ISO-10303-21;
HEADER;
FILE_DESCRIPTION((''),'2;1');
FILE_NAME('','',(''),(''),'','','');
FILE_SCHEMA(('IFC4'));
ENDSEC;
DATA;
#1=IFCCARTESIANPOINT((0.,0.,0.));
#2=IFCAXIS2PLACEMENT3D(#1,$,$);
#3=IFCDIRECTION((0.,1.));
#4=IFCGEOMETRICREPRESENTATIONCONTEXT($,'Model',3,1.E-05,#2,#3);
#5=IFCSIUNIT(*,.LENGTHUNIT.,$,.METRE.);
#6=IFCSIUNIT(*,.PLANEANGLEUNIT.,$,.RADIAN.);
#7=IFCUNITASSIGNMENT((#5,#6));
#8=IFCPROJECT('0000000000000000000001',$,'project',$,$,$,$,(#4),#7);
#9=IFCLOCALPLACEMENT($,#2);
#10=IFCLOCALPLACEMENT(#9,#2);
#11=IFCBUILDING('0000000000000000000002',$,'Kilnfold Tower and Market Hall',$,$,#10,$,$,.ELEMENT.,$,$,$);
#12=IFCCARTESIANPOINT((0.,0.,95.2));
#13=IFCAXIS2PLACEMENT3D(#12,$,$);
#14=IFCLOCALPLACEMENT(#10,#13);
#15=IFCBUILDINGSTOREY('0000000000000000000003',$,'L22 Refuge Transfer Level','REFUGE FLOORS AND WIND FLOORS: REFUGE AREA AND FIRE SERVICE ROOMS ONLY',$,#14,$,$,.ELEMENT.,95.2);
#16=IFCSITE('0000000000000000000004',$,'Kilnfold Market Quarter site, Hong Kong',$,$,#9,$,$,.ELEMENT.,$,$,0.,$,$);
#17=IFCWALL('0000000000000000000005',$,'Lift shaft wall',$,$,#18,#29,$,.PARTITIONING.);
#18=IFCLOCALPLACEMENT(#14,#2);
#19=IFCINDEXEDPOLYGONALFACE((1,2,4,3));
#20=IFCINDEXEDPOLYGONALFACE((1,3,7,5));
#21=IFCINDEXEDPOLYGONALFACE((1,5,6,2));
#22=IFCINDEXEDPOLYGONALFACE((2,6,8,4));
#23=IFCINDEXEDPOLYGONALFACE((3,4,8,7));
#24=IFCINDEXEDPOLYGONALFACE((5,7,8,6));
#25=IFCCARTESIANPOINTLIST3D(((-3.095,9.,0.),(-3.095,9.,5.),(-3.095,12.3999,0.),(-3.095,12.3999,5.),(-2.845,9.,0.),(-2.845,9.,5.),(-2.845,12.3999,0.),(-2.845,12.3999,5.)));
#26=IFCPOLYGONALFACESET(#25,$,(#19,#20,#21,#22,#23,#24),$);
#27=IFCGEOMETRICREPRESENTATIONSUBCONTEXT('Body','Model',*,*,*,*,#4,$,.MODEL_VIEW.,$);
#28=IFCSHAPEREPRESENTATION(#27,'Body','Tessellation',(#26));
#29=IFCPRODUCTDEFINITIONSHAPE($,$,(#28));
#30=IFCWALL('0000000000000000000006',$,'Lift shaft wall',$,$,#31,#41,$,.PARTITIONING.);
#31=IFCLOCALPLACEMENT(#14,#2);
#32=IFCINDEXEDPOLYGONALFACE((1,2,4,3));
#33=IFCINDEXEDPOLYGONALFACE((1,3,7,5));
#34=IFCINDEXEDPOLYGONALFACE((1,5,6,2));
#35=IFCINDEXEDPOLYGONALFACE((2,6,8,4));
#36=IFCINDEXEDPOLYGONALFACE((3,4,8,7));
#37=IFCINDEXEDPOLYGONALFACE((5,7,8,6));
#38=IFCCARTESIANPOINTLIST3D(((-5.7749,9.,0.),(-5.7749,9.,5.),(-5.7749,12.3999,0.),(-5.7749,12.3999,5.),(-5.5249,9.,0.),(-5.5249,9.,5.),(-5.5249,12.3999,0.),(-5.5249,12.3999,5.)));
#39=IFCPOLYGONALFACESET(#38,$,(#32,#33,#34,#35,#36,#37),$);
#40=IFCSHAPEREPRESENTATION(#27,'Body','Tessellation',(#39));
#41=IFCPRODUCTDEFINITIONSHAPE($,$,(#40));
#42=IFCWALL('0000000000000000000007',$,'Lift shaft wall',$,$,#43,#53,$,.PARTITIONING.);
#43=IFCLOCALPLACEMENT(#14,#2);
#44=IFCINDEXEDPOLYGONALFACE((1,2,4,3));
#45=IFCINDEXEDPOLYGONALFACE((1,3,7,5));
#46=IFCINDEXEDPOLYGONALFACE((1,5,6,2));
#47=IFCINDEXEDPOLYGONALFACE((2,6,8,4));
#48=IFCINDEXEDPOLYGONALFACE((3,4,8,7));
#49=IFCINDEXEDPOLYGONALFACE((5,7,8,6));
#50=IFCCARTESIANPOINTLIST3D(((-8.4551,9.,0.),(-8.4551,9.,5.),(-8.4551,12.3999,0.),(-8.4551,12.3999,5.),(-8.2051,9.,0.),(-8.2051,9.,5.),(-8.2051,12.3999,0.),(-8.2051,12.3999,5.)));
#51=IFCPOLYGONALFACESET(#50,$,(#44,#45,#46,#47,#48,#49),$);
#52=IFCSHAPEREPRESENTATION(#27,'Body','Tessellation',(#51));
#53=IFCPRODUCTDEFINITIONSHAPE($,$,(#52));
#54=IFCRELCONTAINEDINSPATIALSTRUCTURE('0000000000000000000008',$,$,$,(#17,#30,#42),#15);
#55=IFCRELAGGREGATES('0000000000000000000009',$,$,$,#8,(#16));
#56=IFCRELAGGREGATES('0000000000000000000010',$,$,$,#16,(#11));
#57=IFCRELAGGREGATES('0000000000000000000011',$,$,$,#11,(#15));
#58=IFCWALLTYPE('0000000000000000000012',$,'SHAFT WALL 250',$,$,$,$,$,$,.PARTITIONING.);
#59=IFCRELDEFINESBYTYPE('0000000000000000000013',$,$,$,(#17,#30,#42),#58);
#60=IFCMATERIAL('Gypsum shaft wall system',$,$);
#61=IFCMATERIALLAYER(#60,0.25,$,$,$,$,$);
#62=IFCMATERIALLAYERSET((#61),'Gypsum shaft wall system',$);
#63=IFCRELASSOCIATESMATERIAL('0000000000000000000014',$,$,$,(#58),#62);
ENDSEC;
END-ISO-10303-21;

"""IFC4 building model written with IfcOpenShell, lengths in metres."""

from ifc_helpers import new_model, si_unit, direction, frame, frame_2d, origin, place, context, subcontext, project, spatial, rectangle, extrude, source, transform, mapped, material, layer, layer_set, type_object, element, save


model = new_model("IFC4")

# Units and contexts
model_context = context("Model", 3, precision=1e-05, world=origin(), true_north=direction((0.0, 1.0)))
body_context = subcontext(model_context, "Body", "Model", "MODEL_VIEW")
ifc_project = project(units=[si_unit("LENGTHUNIT", "METRE"), si_unit("PLANEANGLEUNIT", "RADIAN")], contexts=[model_context])

# Site, building, storey
site_placement = place(None, origin())
site = spatial("IfcSite", under=ifc_project, at=site_placement, Name="Kilnfold Market Quarter site, Hong Kong", CompositionType="ELEMENT", RefElevation=0.0)
building_placement = place(site_placement, origin())
building = spatial("IfcBuilding", under=site, at=building_placement, Name="Kilnfold Tower and Market Hall", CompositionType="ELEMENT")
storey_placement = place(building_placement, frame((0.0, 0.0, 95.2)))
storey = spatial("IfcBuildingStorey", under=building, at=storey_placement, Name="L22 Refuge Transfer Level", Description="REFUGE FLOORS AND WIND FLOORS: REFUGE AREA AND FIRE SERVICE ROOMS ONLY", CompositionType="ELEMENT", Elevation=95.2)

# Walls
ifc_material_1 = material(Name="Gypsum shaft wall system")
ifc_layer_1 = layer(ifc_material_1, 0.25)
ifc_layer_set_1 = layer_set([ifc_layer_1], Name="Gypsum shaft wall system")
wall_type_1 = type_object("IfcWallType", Name="SHAFT WALL 250", PredefinedType="PARTITIONING", material=ifc_layer_set_1)
shared_shape_1 = source(origin(), body_context, "Body", "SweptSolid", [
    extrude(rectangle(XDim=3.3999, YDim=0.25, at=frame_2d((1.7, 0.0))), origin(), (0.0, 0.0, 1.0), 5.0),
])
for number, where, z_axis, x_axis, name in (
    (1, (-2.97, 9.0, 0.0), (0.0, 0.0, 1.0), (0.0, 1.0, 0.0), "Lift shaft wall"),
    (2, (-5.6499, 9.0, 0.0), (0.0, 0.0, 1.0), (0.0, 1.0, 0.0), "Lift shaft wall"),
    (3, (-8.3301, 9.0, 0.0), (0.0, 0.0, 1.0), (0.0, 1.0, 0.0), "Lift shaft wall"),
):
    element("IfcWall", number, at=place(storey_placement, frame(where, z_axis=z_axis, x_axis=x_axis)), inside=storey, type_object=wall_type_1, Name=name, PredefinedType="PARTITIONING", context=body_context, shape_type="MappedRepresentation", body=[
        mapped(shared_shape_1, transform((0.0, 0.0, 0.0))),
    ])

save(model, "model.ifc")
